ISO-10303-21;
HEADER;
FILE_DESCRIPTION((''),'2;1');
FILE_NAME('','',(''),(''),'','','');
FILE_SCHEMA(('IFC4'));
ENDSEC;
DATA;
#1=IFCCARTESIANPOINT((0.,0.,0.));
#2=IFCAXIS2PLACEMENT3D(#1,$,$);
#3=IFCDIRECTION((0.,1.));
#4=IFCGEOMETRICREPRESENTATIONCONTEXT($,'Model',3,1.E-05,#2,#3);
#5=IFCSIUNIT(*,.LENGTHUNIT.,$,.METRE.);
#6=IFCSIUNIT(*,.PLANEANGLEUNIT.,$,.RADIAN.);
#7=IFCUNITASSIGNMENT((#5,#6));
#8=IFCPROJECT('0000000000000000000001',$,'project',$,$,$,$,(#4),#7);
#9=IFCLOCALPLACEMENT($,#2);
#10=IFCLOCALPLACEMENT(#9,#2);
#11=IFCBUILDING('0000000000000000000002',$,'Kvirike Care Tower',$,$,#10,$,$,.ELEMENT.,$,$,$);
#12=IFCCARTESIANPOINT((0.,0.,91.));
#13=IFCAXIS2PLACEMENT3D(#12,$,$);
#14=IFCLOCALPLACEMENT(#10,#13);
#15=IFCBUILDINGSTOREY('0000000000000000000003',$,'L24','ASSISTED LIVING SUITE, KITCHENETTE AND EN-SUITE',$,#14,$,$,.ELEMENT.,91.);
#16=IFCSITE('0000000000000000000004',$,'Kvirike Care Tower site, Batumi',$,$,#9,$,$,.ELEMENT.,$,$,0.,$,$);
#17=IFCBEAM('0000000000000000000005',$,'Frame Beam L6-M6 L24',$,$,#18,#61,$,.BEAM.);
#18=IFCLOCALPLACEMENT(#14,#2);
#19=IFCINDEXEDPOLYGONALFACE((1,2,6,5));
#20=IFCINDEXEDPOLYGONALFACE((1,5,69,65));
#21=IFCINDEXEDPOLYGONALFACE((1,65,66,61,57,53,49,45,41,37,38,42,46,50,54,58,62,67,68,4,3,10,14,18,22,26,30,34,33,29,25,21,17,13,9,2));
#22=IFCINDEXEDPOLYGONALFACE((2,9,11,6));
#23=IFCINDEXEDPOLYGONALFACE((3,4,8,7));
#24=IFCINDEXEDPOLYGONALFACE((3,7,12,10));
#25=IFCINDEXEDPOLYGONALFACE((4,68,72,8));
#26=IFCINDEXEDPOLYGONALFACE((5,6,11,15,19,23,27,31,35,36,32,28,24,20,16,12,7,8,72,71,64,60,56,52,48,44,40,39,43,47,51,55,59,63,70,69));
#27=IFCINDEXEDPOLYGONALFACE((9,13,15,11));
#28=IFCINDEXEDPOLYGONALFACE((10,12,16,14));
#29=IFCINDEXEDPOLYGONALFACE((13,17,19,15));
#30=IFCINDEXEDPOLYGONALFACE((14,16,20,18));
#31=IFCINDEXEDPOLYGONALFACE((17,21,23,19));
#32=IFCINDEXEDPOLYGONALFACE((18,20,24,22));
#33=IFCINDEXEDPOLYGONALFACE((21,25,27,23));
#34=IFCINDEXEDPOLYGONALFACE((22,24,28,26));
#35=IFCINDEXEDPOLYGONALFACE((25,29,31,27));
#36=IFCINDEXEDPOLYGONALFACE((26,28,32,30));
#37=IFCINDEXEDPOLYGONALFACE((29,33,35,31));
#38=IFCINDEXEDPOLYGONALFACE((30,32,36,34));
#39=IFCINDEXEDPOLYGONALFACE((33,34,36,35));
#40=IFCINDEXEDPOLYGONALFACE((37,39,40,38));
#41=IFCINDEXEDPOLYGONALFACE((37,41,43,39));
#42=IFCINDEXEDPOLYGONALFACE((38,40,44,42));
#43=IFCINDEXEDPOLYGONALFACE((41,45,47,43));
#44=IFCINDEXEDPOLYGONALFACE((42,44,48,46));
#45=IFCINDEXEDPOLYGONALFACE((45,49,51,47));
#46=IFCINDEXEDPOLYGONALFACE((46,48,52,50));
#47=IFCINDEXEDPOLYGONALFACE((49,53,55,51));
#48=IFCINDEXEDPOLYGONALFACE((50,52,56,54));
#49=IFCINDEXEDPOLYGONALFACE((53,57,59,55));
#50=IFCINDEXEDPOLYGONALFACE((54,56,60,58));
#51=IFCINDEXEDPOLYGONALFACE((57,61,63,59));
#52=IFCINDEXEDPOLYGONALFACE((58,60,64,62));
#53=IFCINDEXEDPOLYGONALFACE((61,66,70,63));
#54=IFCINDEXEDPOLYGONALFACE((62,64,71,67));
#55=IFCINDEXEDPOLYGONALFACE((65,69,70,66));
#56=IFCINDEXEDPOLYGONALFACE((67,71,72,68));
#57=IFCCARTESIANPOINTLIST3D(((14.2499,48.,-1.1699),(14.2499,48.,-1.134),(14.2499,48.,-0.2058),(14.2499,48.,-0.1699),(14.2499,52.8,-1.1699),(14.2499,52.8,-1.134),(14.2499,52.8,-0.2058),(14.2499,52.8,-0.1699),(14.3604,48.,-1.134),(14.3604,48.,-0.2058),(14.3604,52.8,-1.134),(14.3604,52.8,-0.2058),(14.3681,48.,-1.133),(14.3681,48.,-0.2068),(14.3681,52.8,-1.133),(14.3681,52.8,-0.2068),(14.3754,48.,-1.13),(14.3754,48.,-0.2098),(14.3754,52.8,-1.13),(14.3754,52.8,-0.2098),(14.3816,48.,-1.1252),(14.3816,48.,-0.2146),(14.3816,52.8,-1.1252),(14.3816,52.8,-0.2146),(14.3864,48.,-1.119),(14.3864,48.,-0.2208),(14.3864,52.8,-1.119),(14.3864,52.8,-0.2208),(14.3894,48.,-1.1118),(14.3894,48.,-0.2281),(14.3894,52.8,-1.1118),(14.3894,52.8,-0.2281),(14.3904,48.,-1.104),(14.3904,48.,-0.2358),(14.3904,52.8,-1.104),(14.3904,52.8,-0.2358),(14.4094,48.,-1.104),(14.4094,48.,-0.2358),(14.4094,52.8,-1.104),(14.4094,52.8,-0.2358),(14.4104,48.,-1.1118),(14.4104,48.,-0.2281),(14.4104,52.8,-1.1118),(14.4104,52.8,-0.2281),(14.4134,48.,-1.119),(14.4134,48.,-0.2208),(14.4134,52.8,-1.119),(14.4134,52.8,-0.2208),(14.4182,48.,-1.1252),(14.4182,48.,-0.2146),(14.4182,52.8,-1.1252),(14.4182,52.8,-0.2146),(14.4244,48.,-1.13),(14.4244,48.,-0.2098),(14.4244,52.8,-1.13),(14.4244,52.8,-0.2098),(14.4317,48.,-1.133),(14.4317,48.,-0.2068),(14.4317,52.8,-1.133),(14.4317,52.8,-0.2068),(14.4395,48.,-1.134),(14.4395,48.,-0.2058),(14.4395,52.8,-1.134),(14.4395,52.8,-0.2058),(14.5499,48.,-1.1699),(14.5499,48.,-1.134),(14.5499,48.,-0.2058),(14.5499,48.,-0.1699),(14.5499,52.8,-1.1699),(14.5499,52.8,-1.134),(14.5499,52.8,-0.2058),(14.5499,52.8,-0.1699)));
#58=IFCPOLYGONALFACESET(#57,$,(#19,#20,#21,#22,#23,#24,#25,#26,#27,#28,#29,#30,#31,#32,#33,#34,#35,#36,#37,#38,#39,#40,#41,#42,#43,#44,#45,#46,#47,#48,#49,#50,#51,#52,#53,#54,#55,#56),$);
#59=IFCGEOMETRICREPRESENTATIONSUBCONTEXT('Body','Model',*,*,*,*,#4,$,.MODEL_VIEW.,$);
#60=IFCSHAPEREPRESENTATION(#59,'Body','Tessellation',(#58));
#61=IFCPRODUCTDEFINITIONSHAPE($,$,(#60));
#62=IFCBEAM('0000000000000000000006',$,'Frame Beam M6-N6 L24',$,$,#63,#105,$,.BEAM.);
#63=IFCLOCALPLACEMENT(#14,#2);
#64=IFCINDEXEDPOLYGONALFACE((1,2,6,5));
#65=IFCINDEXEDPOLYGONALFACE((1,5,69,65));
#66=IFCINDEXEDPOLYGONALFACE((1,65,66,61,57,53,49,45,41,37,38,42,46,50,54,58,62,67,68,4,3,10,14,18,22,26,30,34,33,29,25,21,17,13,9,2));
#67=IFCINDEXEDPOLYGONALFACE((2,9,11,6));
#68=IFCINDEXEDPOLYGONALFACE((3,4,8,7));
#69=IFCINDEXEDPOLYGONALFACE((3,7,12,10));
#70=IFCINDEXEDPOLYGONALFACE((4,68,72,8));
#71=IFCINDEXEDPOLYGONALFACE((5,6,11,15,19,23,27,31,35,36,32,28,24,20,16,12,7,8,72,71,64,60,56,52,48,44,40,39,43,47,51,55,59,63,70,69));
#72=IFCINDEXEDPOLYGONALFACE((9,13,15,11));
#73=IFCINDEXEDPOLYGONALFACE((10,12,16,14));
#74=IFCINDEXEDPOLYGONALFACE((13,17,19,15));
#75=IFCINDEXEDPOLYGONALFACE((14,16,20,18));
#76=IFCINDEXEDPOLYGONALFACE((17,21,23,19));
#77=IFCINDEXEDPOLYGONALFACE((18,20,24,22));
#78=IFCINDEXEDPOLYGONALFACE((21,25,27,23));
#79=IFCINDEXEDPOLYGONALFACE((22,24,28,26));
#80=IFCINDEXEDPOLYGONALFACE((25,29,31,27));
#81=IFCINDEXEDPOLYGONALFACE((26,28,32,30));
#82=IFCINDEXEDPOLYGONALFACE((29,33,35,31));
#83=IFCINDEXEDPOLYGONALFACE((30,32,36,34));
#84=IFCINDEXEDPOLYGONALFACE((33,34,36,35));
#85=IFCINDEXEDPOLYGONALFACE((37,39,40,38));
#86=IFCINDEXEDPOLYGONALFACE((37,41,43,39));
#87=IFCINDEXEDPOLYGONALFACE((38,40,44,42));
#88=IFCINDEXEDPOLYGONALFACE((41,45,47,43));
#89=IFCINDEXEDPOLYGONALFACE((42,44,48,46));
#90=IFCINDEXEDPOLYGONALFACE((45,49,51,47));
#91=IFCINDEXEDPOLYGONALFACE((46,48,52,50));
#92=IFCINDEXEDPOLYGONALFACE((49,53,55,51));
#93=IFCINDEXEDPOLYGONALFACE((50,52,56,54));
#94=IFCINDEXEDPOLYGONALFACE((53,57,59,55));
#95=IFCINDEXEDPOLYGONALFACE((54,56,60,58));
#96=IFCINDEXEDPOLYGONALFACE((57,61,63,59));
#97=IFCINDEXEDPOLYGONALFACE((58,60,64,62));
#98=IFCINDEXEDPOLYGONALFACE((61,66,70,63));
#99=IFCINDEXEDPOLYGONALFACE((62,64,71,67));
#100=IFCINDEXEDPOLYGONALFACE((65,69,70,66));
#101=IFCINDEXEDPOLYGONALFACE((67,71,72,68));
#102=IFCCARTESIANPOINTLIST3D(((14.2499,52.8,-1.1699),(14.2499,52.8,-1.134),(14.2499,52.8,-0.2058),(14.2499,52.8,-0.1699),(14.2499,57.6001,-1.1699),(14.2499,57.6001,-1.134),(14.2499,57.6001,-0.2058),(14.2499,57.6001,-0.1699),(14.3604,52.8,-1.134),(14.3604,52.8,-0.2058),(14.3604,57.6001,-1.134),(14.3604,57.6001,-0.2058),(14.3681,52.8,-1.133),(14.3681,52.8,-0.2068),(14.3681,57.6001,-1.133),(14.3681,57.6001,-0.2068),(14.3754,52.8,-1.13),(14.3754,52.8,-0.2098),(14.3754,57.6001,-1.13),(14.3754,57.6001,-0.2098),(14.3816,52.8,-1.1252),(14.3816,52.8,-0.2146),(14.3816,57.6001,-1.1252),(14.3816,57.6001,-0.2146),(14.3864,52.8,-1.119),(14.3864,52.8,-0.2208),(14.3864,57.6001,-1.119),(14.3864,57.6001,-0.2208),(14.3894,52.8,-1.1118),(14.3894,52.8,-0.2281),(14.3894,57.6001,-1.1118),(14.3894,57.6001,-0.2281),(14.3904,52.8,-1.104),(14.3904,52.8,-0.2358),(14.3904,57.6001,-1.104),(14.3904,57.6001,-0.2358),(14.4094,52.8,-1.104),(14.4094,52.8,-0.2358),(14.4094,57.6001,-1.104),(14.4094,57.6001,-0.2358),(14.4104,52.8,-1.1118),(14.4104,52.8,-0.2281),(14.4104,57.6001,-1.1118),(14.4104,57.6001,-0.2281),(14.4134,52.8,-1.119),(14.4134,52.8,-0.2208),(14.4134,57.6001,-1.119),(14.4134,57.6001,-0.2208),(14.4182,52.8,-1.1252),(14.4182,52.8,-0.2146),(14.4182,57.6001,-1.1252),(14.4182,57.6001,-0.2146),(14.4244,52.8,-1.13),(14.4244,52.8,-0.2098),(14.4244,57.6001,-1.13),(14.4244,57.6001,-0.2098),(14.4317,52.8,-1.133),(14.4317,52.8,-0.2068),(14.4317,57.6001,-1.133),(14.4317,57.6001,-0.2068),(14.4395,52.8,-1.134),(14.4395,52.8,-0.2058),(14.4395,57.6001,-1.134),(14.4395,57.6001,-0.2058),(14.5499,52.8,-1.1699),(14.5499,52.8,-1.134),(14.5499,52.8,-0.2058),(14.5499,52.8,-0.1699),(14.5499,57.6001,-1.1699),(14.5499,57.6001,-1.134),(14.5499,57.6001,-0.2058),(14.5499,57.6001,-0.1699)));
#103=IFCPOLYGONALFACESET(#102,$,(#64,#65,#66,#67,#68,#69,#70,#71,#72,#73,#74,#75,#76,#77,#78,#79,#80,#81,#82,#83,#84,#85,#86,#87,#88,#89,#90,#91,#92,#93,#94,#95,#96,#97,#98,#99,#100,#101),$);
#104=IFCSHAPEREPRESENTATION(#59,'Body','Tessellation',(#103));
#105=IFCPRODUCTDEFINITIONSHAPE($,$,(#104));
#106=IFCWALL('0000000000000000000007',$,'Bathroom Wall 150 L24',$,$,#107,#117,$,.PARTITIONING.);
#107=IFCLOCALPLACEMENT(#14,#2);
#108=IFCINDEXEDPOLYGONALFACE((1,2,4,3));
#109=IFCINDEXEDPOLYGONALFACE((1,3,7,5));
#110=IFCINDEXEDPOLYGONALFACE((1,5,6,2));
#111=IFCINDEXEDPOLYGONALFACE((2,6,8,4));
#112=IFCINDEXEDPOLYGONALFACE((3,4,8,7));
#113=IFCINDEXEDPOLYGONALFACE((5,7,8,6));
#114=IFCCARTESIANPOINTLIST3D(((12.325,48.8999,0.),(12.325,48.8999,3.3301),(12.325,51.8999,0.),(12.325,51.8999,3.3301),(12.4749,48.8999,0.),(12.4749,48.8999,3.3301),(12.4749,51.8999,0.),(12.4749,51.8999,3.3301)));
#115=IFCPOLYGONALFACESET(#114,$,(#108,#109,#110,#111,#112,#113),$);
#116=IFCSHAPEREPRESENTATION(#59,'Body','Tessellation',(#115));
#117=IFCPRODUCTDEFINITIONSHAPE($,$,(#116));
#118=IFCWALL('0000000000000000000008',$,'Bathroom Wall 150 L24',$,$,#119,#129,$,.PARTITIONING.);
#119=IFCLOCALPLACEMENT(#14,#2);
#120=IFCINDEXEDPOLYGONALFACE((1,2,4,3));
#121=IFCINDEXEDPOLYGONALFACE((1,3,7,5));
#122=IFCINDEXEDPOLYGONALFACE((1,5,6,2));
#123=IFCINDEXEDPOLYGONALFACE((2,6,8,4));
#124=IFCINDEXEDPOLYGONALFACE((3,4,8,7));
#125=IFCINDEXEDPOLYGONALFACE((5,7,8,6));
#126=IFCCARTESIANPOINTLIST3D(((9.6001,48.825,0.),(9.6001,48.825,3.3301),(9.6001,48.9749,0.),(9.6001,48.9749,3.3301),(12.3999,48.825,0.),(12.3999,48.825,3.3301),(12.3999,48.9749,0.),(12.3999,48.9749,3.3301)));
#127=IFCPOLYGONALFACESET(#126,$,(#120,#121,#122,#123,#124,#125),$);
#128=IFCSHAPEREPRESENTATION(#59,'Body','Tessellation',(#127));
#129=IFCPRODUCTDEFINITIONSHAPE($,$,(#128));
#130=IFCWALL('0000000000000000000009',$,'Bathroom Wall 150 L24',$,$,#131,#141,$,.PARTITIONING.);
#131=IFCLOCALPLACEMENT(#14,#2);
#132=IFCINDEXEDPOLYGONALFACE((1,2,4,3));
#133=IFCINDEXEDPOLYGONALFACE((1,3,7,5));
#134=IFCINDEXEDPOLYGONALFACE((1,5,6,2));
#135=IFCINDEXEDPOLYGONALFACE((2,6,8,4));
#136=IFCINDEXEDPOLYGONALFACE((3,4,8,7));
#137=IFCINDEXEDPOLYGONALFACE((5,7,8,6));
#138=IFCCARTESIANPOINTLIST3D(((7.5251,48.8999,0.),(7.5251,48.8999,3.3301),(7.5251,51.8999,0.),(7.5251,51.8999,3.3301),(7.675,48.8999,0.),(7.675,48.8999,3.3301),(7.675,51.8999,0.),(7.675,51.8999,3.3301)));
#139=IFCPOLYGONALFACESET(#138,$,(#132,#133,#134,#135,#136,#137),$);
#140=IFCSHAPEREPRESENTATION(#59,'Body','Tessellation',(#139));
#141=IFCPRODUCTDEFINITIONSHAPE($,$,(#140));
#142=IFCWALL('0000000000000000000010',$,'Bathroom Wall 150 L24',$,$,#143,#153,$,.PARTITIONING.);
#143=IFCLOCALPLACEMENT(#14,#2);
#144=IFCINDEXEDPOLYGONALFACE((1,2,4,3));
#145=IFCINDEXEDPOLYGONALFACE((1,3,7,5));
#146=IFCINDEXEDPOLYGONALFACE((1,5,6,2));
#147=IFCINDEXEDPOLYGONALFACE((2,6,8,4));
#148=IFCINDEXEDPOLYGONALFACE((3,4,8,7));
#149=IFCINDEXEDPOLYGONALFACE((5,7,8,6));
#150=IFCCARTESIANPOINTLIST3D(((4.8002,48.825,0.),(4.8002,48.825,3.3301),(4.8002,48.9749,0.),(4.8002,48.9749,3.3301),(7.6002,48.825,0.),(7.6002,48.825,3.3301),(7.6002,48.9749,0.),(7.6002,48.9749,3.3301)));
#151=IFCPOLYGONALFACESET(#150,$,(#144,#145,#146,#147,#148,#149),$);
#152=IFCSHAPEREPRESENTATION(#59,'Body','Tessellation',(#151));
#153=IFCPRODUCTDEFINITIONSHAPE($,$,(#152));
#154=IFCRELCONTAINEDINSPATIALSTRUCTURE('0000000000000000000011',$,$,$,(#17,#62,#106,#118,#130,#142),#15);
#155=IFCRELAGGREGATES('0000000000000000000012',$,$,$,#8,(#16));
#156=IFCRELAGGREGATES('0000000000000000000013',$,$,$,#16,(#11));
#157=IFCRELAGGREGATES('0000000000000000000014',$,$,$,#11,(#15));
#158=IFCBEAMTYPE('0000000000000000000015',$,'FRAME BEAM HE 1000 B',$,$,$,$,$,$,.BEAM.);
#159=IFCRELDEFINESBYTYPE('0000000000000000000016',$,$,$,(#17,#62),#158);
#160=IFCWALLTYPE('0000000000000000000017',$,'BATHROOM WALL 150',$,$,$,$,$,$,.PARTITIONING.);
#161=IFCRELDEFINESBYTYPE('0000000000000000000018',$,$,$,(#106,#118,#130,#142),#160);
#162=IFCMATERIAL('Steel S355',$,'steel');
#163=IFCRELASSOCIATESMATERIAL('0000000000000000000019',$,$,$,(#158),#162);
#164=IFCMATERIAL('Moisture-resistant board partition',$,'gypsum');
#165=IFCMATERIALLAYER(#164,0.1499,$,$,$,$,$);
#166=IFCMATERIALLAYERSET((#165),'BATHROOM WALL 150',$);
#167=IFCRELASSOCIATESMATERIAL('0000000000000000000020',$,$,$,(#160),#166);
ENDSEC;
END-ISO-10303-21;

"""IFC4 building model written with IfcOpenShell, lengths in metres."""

from ifc_helpers import new_model, si_unit, direction, frame, frame_2d, origin, origin_2d, place, context, subcontext, project, spatial, rectangle, i_section, extrude, material, layer, layer_set, material_profile, profile_set, type_object, element, save


model = new_model("IFC4")

# Units and contexts
model_context = context("Model", 3, precision=1e-05, world=origin(), true_north=direction((0.0, 1.0)))
body_context = subcontext(model_context, "Body", "Model", "MODEL_VIEW")
ifc_project = project(units=[si_unit("LENGTHUNIT", "METRE"), si_unit("PLANEANGLEUNIT", "RADIAN")], contexts=[model_context])

# Site, building, storey
site_placement = place(None, origin())
site = spatial("IfcSite", under=ifc_project, at=site_placement, Name="Kvirike Care Tower site, Batumi", CompositionType="ELEMENT", RefElevation=0.0)
building_placement = place(site_placement, origin())
building = spatial("IfcBuilding", under=site, at=building_placement, Name="Kvirike Care Tower", CompositionType="ELEMENT")
storey_placement = place(building_placement, frame((0.0, 0.0, 91.0)))
storey = spatial("IfcBuildingStorey", under=building, at=storey_placement, Name="L24", Description="ASSISTED LIVING SUITE, KITCHENETTE AND EN-SUITE", CompositionType="ELEMENT", Elevation=91.0)

# Beams
ifc_material_1 = material(Name="Steel S355", Category="steel")
ifc_material_profile_1 = material_profile(ifc_material_1, i_section(OverallWidth=0.3, OverallDepth=1.0, WebThickness=0.019, FlangeThickness=0.0359, FilletRadius=0.03, at=origin_2d()), Name="HE 1000 B")
ifc_profile_set_1 = profile_set([ifc_material_profile_1], Name="Steel S355")
beam_type_1 = type_object("IfcBeamType", Name="FRAME BEAM HE 1000 B", PredefinedType="BEAM", material=ifc_profile_set_1)
for number, where, z_axis, x_axis, name in (
    (1, (14.3999, 48.0, -0.6699), (0.0, 1.0, 0.0), (-1.0, 0.0, 0.0), "Frame Beam L6-M6 L24"),
    (2, (14.3999, 52.8, -0.6699), (0.0, 1.0, 0.0), (-1.0, 0.0, 0.0), "Frame Beam M6-N6 L24"),
):
    element("IfcBeam", number, at=place(storey_placement, frame(where, z_axis=z_axis, x_axis=x_axis)), inside=storey, type_object=beam_type_1, Name=name, PredefinedType="BEAM", context=body_context, shape_type="SweptSolid", body=[
        extrude(i_section(OverallWidth=0.3, OverallDepth=1.0, WebThickness=0.019, FlangeThickness=0.0359, FilletRadius=0.03, at=origin_2d()), origin(), (0.0, 0.0, 1.0), 4.8),
    ])

# Walls
ifc_material_2 = material(Name="Moisture-resistant board partition", Category="gypsum")
ifc_layer_1 = layer(ifc_material_2, 0.1499)
ifc_layer_set_1 = layer_set([ifc_layer_1], Name="BATHROOM WALL 150")
wall_type_1 = type_object("IfcWallType", Name="BATHROOM WALL 150", PredefinedType="PARTITIONING", material=ifc_layer_set_1)
wall_1_placement = place(storey_placement, frame((12.3999, 51.8999, 0.0), z_axis=(0.0, 0.0, 1.0), x_axis=(0.0, -1.0, 0.0)))
element("IfcWall", 3, at=wall_1_placement, inside=storey, type_object=wall_type_1, Name="Bathroom Wall 150 L24", PredefinedType="PARTITIONING", context=body_context, shape_type="SweptSolid", body=[
    extrude(rectangle(XDim=3.0, YDim=0.1499, at=frame_2d((1.5, 0.0))), origin(), (0.0, 0.0, 1.0), 3.3301),
])
wall_2_placement = place(storey_placement, frame((12.3999, 48.8999, 0.0), z_axis=(0.0, 0.0, 1.0), x_axis=(-1.0, 0.0, 0.0)))
element("IfcWall", 4, at=wall_2_placement, inside=storey, type_object=wall_type_1, Name="Bathroom Wall 150 L24", PredefinedType="PARTITIONING", context=body_context, shape_type="SweptSolid", body=[
    extrude(rectangle(XDim=2.7998, YDim=0.1499, at=frame_2d((1.3999, 0.0))), origin(), (0.0, 0.0, 1.0), 3.3301),
])
wall_3_placement = place(storey_placement, frame((7.6001, 51.8999, 0.0), z_axis=(0.0, 0.0, 1.0), x_axis=(0.0, -1.0, 0.0)))
element("IfcWall", 5, at=wall_3_placement, inside=storey, type_object=wall_type_1, Name="Bathroom Wall 150 L24", PredefinedType="PARTITIONING", context=body_context, shape_type="SweptSolid", body=[
    extrude(rectangle(XDim=3.0, YDim=0.1499, at=frame_2d((1.5, 0.0))), origin(), (0.0, 0.0, 1.0), 3.3301),
])
wall_4_placement = place(storey_placement, frame((7.6001, 48.8999, 0.0), z_axis=(0.0, 0.0, 1.0), x_axis=(-1.0, 0.0, 0.0)))
element("IfcWall", 6, at=wall_4_placement, inside=storey, type_object=wall_type_1, Name="Bathroom Wall 150 L24", PredefinedType="PARTITIONING", context=body_context, shape_type="SweptSolid", body=[
    extrude(rectangle(XDim=2.8, YDim=0.1499, at=frame_2d((1.3999, 0.0))), origin(), (0.0, 0.0, 1.0), 3.3301),
])

save(model, "model.ifc")
